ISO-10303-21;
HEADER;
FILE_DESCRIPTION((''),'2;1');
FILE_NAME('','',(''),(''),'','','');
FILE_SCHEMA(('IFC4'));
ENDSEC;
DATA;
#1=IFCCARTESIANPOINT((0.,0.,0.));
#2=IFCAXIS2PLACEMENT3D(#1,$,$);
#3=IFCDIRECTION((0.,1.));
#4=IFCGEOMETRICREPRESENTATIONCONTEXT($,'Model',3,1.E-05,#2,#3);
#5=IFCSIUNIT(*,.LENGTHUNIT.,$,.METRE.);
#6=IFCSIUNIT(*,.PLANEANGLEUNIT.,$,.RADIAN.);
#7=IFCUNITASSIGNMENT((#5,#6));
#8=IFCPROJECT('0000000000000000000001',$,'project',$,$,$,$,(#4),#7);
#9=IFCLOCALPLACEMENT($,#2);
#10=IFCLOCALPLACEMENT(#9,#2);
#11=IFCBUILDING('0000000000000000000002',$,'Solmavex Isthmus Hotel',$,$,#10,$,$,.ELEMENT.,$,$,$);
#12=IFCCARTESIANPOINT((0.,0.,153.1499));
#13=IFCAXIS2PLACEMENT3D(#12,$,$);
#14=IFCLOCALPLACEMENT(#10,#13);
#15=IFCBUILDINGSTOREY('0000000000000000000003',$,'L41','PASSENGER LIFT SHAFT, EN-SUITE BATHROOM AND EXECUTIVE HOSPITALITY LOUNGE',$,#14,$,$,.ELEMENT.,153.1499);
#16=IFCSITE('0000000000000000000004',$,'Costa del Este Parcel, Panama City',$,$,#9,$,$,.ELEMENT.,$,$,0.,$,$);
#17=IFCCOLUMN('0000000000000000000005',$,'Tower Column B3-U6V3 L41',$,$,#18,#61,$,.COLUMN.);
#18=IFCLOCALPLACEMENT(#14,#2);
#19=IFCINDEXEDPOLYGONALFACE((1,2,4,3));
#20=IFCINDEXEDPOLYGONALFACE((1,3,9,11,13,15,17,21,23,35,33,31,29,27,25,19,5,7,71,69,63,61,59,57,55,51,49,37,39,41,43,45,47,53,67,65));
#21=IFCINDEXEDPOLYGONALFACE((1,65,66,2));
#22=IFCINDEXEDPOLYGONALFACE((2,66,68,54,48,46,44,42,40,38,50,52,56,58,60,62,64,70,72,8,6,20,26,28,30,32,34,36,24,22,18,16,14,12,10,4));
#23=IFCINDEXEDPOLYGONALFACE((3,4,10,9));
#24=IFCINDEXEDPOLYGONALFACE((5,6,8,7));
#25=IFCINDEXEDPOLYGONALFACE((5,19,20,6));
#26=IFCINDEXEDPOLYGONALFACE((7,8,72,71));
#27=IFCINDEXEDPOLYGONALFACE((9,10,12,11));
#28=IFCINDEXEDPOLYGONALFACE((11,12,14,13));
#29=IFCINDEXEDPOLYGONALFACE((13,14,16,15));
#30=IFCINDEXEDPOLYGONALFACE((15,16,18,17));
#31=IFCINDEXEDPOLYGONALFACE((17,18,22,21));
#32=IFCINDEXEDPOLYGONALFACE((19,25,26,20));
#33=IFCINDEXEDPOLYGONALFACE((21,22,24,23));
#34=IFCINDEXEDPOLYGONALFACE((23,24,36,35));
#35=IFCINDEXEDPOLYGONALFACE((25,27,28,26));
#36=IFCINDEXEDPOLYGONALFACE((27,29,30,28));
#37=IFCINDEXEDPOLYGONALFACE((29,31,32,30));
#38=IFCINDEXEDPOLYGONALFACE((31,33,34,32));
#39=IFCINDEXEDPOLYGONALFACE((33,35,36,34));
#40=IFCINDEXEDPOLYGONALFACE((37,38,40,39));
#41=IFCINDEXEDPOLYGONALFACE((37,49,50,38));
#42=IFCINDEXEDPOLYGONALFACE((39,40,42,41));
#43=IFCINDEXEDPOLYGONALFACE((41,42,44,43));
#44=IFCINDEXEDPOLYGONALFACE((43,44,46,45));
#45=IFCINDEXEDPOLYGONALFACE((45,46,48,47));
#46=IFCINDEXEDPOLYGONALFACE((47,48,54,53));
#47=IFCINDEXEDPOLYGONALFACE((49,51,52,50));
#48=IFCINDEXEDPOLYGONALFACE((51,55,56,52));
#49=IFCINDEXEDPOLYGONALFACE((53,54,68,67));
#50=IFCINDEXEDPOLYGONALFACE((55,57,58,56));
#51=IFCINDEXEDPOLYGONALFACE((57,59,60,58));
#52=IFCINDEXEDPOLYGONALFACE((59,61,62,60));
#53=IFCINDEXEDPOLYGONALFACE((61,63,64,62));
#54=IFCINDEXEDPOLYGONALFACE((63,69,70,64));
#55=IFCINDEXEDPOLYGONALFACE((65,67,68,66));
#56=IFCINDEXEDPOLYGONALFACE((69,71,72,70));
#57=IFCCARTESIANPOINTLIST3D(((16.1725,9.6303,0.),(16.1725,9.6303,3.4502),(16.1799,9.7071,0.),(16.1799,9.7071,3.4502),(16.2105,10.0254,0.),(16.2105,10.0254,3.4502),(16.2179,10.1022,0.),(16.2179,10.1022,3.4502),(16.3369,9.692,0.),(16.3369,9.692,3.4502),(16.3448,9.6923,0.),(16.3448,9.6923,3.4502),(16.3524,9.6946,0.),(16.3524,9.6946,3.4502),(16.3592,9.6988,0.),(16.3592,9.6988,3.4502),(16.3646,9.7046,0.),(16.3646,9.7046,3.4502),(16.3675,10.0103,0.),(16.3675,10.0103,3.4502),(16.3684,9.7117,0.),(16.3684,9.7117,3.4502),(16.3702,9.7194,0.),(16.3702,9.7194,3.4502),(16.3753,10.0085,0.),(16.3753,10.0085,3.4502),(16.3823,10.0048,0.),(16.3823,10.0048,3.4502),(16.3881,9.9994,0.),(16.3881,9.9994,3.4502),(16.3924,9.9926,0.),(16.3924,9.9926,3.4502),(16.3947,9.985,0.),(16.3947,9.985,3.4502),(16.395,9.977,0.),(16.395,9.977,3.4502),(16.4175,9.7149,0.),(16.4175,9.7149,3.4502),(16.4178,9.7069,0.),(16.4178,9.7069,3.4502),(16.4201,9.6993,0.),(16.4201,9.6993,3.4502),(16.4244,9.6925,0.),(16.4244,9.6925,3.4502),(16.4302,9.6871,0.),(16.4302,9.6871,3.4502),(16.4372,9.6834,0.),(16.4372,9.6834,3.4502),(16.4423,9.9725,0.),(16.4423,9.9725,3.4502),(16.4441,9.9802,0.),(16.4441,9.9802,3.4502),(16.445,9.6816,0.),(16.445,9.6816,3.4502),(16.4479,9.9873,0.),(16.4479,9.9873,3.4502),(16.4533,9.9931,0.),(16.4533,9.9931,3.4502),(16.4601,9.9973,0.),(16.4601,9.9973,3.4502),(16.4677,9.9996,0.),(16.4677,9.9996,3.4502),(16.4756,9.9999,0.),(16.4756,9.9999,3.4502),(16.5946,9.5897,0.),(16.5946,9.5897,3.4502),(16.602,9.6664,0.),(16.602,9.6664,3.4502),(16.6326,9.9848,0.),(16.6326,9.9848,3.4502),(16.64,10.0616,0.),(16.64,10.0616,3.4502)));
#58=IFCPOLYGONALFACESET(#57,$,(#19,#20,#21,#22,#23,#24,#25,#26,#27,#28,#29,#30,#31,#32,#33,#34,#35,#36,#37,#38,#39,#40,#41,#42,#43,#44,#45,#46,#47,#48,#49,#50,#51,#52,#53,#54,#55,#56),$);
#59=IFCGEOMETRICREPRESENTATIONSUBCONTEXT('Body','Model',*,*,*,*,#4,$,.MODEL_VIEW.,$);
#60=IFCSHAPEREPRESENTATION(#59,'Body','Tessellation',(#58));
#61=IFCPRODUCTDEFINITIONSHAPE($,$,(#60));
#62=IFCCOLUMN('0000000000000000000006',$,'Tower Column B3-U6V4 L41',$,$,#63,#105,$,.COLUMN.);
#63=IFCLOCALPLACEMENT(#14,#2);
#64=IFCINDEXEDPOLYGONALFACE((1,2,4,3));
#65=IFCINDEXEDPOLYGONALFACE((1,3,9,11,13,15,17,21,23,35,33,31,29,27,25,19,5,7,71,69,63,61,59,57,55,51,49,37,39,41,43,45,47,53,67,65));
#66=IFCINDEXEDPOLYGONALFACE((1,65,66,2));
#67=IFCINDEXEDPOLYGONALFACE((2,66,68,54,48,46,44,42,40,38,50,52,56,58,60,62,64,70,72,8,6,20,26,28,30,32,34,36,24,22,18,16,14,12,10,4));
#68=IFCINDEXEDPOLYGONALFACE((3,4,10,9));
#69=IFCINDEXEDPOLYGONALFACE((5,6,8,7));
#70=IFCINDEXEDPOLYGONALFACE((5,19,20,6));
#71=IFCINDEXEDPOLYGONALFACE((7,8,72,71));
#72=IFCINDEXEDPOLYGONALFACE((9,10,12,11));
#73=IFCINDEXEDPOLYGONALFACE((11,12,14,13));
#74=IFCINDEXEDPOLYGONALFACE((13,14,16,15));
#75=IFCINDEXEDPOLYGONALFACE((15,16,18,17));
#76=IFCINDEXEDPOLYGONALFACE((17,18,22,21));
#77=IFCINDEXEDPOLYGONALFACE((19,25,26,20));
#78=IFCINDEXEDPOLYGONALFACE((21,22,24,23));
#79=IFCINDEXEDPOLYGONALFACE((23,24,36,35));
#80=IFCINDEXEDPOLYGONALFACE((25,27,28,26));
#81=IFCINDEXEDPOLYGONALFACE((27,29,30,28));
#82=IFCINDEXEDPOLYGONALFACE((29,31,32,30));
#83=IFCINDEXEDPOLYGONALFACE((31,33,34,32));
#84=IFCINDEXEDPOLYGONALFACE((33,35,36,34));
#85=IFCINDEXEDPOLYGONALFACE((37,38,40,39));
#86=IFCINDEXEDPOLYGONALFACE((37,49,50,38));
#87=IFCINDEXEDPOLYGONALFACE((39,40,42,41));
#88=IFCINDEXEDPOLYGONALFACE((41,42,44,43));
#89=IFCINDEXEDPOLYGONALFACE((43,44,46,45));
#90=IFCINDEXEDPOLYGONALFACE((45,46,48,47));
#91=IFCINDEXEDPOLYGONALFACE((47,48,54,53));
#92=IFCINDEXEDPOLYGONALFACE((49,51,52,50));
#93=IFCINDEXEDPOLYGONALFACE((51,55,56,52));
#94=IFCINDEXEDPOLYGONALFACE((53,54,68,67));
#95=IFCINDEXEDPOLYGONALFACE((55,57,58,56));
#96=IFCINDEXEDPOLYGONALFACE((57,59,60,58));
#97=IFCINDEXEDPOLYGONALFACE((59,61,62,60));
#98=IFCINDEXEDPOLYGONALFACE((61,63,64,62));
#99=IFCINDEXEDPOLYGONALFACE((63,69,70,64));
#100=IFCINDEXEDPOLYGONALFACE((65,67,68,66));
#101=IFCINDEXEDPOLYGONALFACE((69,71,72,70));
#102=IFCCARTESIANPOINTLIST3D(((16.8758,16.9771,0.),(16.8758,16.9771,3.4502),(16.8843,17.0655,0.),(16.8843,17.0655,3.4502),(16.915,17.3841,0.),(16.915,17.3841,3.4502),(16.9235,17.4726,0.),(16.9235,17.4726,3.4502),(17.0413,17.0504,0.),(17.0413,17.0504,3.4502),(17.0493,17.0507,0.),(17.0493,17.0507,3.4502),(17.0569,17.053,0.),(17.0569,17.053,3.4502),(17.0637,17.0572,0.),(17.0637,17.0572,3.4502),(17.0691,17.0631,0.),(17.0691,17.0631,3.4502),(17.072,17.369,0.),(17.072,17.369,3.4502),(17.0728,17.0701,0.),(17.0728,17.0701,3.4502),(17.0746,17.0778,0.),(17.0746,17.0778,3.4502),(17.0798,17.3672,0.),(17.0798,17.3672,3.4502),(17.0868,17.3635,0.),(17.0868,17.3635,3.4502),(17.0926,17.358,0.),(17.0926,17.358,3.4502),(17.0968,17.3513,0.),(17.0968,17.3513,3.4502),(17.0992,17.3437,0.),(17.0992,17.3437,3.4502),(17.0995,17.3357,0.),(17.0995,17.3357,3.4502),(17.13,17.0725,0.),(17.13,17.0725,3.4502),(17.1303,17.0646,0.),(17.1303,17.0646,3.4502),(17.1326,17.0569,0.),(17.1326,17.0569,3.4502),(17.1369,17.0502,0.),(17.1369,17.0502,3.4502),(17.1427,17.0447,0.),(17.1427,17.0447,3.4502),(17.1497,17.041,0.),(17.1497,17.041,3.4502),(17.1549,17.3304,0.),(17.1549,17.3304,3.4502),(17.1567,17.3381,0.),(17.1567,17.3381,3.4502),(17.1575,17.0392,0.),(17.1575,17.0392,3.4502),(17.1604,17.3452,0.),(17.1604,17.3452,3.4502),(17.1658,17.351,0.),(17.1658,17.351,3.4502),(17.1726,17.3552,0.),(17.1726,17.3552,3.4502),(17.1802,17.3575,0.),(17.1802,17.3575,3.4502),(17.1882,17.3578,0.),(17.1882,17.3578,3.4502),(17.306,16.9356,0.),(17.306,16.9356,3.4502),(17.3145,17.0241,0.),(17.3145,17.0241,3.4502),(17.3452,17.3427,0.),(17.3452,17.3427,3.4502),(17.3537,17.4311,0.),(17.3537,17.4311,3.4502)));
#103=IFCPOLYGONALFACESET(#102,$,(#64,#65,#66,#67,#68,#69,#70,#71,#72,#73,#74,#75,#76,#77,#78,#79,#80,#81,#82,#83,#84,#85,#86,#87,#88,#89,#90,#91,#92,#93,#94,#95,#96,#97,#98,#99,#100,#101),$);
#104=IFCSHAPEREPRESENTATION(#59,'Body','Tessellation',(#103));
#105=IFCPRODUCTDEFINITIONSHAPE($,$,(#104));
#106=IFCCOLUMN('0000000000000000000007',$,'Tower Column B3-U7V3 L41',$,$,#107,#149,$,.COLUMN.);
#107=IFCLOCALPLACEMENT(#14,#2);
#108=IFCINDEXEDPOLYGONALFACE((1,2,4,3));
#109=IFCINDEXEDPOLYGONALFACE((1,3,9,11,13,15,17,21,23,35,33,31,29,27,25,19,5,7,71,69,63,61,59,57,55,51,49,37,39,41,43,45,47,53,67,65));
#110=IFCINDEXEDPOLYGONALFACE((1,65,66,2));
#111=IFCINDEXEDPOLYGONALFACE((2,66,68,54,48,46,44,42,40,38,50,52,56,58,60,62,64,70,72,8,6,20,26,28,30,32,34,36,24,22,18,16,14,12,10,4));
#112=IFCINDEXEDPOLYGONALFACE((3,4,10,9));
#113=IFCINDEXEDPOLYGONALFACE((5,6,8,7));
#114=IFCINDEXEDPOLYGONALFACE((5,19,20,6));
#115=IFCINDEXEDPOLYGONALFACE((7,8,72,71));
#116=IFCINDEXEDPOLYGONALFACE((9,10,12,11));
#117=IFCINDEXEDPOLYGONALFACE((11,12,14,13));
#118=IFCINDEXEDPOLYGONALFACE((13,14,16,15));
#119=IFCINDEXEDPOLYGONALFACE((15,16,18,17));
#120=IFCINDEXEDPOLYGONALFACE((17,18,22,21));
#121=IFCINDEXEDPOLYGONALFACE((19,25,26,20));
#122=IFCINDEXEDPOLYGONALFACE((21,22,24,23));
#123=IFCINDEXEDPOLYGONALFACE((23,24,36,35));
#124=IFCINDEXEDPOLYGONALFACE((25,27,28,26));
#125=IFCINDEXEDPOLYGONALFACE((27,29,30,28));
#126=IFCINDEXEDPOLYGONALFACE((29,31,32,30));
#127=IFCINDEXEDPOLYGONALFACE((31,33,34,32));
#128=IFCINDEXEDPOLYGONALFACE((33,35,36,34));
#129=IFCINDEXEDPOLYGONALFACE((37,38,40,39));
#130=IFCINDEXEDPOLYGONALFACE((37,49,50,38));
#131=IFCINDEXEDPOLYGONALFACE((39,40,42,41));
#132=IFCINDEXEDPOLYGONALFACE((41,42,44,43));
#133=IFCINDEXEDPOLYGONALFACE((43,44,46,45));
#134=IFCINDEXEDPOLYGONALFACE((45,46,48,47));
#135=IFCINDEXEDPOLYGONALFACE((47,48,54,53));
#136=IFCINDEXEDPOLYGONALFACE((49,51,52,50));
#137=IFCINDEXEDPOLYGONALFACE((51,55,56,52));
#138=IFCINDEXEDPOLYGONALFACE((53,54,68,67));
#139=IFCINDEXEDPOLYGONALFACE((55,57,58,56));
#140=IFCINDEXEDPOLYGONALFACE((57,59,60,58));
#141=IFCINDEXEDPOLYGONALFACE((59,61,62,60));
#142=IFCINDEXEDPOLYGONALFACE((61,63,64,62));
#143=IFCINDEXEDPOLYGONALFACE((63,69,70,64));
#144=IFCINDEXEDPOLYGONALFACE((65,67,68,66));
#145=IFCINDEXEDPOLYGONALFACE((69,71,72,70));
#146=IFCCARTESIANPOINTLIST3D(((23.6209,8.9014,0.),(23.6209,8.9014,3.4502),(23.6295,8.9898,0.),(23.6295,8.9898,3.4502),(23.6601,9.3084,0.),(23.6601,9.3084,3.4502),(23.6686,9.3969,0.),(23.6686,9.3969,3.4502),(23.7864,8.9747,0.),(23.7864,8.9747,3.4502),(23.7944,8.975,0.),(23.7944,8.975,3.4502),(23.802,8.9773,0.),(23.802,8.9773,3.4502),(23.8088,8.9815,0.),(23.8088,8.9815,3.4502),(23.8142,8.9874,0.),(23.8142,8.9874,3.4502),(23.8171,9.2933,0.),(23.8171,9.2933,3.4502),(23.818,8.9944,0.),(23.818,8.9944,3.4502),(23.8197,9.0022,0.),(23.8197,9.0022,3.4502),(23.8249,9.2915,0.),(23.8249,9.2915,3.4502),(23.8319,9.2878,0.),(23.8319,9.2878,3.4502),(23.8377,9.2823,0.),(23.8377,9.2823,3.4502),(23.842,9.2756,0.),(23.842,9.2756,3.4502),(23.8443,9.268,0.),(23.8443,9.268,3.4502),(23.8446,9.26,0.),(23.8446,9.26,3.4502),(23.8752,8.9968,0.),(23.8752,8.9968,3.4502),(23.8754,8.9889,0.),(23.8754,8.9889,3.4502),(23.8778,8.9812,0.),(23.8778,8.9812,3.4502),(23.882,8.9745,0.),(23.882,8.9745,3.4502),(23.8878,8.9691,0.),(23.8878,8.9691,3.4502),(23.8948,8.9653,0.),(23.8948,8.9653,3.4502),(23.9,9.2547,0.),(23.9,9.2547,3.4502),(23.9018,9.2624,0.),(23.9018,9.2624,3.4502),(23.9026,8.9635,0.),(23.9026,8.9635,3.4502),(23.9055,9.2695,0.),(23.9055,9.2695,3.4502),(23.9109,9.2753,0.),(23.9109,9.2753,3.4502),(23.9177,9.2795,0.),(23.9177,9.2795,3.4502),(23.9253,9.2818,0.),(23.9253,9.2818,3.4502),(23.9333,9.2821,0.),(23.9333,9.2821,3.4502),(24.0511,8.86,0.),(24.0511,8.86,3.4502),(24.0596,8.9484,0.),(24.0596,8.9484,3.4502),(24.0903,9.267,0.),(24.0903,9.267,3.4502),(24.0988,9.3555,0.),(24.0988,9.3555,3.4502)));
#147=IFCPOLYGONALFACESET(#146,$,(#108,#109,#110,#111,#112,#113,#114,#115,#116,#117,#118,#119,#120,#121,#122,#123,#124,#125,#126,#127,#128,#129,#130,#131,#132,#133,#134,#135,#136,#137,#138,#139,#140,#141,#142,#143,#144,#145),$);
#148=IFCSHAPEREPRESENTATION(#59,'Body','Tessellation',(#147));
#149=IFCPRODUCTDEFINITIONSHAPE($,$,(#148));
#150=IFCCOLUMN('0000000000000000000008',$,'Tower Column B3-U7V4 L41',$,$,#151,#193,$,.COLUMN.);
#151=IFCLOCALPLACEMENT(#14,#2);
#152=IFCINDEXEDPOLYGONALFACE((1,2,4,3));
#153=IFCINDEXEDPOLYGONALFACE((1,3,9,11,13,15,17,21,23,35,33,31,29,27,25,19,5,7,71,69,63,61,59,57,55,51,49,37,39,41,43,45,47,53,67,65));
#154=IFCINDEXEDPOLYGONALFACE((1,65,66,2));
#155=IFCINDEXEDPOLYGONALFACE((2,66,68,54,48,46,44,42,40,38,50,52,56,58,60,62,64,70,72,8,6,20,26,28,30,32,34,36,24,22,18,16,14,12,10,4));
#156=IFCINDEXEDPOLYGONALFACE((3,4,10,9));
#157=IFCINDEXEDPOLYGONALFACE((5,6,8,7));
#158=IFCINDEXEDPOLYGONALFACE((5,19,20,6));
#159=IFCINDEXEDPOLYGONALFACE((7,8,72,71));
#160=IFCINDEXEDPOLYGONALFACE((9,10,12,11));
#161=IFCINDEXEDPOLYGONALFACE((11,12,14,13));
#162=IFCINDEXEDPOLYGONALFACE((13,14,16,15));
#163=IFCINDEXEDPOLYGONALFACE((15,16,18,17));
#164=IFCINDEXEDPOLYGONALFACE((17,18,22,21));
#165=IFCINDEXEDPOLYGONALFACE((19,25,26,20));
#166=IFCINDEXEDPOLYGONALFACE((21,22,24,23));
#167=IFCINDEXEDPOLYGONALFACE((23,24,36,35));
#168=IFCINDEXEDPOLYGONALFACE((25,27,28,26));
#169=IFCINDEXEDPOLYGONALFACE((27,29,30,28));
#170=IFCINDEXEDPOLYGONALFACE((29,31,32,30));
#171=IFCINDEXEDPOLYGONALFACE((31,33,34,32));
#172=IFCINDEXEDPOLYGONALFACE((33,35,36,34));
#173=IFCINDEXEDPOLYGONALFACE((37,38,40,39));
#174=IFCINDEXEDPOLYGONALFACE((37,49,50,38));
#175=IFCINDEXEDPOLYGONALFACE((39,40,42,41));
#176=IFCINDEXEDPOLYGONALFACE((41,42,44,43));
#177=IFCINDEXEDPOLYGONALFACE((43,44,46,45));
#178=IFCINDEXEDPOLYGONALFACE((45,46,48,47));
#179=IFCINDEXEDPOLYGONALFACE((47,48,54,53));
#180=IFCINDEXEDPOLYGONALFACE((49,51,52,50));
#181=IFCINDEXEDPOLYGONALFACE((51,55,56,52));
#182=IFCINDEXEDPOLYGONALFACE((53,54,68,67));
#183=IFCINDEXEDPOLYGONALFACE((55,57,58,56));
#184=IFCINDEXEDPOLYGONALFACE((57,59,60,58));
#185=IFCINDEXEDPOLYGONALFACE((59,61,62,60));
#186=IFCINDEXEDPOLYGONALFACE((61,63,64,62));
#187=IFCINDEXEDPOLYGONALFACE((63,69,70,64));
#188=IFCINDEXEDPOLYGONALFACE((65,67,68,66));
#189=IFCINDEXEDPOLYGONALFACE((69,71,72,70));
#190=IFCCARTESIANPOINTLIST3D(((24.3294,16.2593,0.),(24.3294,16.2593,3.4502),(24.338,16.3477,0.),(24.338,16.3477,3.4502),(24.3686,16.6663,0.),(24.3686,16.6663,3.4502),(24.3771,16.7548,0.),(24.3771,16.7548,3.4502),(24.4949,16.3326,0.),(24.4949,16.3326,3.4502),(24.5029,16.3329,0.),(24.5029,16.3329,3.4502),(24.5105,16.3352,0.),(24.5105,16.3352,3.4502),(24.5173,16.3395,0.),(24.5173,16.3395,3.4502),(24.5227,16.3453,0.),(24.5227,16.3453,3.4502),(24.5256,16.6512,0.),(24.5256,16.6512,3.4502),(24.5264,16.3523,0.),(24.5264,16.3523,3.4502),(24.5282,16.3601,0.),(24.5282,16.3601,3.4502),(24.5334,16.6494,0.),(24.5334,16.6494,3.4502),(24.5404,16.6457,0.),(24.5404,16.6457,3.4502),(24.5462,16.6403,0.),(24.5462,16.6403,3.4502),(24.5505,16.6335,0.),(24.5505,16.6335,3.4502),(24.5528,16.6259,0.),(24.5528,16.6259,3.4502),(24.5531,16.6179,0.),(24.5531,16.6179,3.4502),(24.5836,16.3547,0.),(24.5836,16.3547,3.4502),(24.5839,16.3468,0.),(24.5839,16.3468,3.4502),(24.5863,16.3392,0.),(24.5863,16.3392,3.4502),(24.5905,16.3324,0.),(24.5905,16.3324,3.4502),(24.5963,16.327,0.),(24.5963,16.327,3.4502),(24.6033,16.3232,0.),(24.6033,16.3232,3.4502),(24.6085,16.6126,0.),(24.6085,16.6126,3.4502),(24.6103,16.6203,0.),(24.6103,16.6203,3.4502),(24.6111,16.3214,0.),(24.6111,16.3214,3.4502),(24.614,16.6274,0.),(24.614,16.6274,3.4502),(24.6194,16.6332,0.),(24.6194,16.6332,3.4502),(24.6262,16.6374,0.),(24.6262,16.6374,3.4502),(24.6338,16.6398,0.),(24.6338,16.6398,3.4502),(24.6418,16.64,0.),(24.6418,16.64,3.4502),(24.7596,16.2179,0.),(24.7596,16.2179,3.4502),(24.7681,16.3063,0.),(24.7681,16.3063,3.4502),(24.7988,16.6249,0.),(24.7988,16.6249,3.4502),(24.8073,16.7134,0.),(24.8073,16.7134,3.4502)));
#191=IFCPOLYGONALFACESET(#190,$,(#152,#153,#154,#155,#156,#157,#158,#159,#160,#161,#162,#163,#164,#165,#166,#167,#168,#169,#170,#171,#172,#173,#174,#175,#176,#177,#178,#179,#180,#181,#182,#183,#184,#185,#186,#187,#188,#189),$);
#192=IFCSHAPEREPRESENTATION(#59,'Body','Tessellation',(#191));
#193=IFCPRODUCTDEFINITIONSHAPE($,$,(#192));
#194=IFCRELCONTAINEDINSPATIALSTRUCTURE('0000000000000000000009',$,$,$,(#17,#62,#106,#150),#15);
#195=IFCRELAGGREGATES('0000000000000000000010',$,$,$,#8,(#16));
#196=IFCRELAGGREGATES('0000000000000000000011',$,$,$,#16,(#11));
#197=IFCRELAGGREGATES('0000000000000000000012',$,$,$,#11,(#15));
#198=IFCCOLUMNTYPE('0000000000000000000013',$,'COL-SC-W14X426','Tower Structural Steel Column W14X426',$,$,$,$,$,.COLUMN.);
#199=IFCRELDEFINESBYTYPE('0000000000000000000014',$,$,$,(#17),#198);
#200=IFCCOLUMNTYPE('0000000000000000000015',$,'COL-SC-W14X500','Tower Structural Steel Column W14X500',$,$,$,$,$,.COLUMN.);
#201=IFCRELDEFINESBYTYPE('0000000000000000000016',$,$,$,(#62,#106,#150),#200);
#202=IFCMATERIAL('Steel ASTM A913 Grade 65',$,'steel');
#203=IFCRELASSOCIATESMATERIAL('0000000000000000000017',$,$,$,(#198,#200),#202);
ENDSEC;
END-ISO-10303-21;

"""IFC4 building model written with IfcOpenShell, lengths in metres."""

from ifc_helpers import new_model, si_unit, direction, frame, origin, origin_2d, place, context, subcontext, project, spatial, i_section, extrude, material, material_profile, profile_set, type_object, element, save


model = new_model("IFC4")

# Units and contexts
model_context = context("Model", 3, precision=1e-05, world=origin(), true_north=direction((0.0, 1.0)))
body_context = subcontext(model_context, "Body", "Model", "MODEL_VIEW")
ifc_project = project(units=[si_unit("LENGTHUNIT", "METRE"), si_unit("PLANEANGLEUNIT", "RADIAN")], contexts=[model_context])

# Site, building, storey
site_placement = place(None, origin())
site = spatial("IfcSite", under=ifc_project, at=site_placement, Name="Costa del Este Parcel, Panama City", CompositionType="ELEMENT", RefElevation=0.0)
building_placement = place(site_placement, origin())
building = spatial("IfcBuilding", under=site, at=building_placement, Name="Solmavex Isthmus Hotel", CompositionType="ELEMENT")
storey_placement = place(building_placement, frame((0.0, 0.0, 153.1499)))
storey = spatial("IfcBuildingStorey", under=building, at=storey_placement, Name="L41", Description="PASSENGER LIFT SHAFT, EN-SUITE BATHROOM AND EXECUTIVE HOSPITALITY LOUNGE", CompositionType="ELEMENT", Elevation=153.1499)

# Columns
ifc_material_1 = material(Name="Steel ASTM A913 Grade 65", Category="steel")
ifc_material_profile_1 = material_profile(ifc_material_1, i_section(OverallWidth=0.4241, OverallDepth=0.4741, WebThickness=0.0476, FlangeThickness=0.0771, FilletRadius=0.0305, at=origin_2d()), Name="W14X426")
ifc_profile_set_1 = profile_set([ifc_material_profile_1], Name="Steel ASTM A913 Grade 65")
column_type_1 = type_object("IfcColumnType", Name="COL-SC-W14X426", Description="Tower Structural Steel Column W14X426", PredefinedType="COLUMN", material=ifc_profile_set_1)
column_placement = place(storey_placement, frame((16.4062, 9.8459, 0.0), z_axis=(0.0, 0.0, 1.0), x_axis=(0.995396, -0.095846, 0.0)))
element("IfcColumn", 1, at=column_placement, inside=storey, type_object=column_type_1, Name="Tower Column B3-U6V3 L41", PredefinedType="COLUMN", context=body_context, shape_type="SweptSolid", body=[
    extrude(i_section(OverallWidth=0.4241, OverallDepth=0.4741, WebThickness=0.0476, FlangeThickness=0.0771, FilletRadius=0.0305, at=origin_2d()), origin(), (0.0, 0.0, 1.0), 3.4502),
])
ifc_material_profile_2 = material_profile(ifc_material_1, i_section(OverallWidth=0.4321, OverallDepth=0.4978, WebThickness=0.0557, FlangeThickness=0.0889, FilletRadius=0.0305, at=origin_2d()), Name="W14X500")
ifc_profile_set_2 = profile_set([ifc_material_profile_2], Name="Steel ASTM A913 Grade 65")
column_type_2 = type_object("IfcColumnType", Name="COL-SC-W14X500", Description="Tower Structural Steel Column W14X500", PredefinedType="COLUMN", material=ifc_profile_set_2)
for number, where, z_axis, x_axis, name in (
    (2, (17.1147, 17.2041, 0.0), (0.0, 0.0, 1.0), (0.995396, -0.095846, 0.0), "Tower Column B3-U6V4 L41"),
    (3, (23.8599, 9.1284, 0.0), (0.0, 0.0, 1.0), (0.995396, -0.095846, 0.0), "Tower Column B3-U7V3 L41"),
    (4, (24.5684, 16.4863, 0.0), (0.0, 0.0, 1.0), (0.995396, -0.095846, 0.0), "Tower Column B3-U7V4 L41"),
):
    element("IfcColumn", number, at=place(storey_placement, frame(where, z_axis=z_axis, x_axis=x_axis)), inside=storey, type_object=column_type_2, Name=name, PredefinedType="COLUMN", context=body_context, shape_type="SweptSolid", body=[
        extrude(i_section(OverallWidth=0.4321, OverallDepth=0.4978, WebThickness=0.0557, FlangeThickness=0.0889, FilletRadius=0.0305, at=origin_2d()), origin(), (0.0, 0.0, 1.0), 3.4502),
    ])

save(model, "model.ifc")
